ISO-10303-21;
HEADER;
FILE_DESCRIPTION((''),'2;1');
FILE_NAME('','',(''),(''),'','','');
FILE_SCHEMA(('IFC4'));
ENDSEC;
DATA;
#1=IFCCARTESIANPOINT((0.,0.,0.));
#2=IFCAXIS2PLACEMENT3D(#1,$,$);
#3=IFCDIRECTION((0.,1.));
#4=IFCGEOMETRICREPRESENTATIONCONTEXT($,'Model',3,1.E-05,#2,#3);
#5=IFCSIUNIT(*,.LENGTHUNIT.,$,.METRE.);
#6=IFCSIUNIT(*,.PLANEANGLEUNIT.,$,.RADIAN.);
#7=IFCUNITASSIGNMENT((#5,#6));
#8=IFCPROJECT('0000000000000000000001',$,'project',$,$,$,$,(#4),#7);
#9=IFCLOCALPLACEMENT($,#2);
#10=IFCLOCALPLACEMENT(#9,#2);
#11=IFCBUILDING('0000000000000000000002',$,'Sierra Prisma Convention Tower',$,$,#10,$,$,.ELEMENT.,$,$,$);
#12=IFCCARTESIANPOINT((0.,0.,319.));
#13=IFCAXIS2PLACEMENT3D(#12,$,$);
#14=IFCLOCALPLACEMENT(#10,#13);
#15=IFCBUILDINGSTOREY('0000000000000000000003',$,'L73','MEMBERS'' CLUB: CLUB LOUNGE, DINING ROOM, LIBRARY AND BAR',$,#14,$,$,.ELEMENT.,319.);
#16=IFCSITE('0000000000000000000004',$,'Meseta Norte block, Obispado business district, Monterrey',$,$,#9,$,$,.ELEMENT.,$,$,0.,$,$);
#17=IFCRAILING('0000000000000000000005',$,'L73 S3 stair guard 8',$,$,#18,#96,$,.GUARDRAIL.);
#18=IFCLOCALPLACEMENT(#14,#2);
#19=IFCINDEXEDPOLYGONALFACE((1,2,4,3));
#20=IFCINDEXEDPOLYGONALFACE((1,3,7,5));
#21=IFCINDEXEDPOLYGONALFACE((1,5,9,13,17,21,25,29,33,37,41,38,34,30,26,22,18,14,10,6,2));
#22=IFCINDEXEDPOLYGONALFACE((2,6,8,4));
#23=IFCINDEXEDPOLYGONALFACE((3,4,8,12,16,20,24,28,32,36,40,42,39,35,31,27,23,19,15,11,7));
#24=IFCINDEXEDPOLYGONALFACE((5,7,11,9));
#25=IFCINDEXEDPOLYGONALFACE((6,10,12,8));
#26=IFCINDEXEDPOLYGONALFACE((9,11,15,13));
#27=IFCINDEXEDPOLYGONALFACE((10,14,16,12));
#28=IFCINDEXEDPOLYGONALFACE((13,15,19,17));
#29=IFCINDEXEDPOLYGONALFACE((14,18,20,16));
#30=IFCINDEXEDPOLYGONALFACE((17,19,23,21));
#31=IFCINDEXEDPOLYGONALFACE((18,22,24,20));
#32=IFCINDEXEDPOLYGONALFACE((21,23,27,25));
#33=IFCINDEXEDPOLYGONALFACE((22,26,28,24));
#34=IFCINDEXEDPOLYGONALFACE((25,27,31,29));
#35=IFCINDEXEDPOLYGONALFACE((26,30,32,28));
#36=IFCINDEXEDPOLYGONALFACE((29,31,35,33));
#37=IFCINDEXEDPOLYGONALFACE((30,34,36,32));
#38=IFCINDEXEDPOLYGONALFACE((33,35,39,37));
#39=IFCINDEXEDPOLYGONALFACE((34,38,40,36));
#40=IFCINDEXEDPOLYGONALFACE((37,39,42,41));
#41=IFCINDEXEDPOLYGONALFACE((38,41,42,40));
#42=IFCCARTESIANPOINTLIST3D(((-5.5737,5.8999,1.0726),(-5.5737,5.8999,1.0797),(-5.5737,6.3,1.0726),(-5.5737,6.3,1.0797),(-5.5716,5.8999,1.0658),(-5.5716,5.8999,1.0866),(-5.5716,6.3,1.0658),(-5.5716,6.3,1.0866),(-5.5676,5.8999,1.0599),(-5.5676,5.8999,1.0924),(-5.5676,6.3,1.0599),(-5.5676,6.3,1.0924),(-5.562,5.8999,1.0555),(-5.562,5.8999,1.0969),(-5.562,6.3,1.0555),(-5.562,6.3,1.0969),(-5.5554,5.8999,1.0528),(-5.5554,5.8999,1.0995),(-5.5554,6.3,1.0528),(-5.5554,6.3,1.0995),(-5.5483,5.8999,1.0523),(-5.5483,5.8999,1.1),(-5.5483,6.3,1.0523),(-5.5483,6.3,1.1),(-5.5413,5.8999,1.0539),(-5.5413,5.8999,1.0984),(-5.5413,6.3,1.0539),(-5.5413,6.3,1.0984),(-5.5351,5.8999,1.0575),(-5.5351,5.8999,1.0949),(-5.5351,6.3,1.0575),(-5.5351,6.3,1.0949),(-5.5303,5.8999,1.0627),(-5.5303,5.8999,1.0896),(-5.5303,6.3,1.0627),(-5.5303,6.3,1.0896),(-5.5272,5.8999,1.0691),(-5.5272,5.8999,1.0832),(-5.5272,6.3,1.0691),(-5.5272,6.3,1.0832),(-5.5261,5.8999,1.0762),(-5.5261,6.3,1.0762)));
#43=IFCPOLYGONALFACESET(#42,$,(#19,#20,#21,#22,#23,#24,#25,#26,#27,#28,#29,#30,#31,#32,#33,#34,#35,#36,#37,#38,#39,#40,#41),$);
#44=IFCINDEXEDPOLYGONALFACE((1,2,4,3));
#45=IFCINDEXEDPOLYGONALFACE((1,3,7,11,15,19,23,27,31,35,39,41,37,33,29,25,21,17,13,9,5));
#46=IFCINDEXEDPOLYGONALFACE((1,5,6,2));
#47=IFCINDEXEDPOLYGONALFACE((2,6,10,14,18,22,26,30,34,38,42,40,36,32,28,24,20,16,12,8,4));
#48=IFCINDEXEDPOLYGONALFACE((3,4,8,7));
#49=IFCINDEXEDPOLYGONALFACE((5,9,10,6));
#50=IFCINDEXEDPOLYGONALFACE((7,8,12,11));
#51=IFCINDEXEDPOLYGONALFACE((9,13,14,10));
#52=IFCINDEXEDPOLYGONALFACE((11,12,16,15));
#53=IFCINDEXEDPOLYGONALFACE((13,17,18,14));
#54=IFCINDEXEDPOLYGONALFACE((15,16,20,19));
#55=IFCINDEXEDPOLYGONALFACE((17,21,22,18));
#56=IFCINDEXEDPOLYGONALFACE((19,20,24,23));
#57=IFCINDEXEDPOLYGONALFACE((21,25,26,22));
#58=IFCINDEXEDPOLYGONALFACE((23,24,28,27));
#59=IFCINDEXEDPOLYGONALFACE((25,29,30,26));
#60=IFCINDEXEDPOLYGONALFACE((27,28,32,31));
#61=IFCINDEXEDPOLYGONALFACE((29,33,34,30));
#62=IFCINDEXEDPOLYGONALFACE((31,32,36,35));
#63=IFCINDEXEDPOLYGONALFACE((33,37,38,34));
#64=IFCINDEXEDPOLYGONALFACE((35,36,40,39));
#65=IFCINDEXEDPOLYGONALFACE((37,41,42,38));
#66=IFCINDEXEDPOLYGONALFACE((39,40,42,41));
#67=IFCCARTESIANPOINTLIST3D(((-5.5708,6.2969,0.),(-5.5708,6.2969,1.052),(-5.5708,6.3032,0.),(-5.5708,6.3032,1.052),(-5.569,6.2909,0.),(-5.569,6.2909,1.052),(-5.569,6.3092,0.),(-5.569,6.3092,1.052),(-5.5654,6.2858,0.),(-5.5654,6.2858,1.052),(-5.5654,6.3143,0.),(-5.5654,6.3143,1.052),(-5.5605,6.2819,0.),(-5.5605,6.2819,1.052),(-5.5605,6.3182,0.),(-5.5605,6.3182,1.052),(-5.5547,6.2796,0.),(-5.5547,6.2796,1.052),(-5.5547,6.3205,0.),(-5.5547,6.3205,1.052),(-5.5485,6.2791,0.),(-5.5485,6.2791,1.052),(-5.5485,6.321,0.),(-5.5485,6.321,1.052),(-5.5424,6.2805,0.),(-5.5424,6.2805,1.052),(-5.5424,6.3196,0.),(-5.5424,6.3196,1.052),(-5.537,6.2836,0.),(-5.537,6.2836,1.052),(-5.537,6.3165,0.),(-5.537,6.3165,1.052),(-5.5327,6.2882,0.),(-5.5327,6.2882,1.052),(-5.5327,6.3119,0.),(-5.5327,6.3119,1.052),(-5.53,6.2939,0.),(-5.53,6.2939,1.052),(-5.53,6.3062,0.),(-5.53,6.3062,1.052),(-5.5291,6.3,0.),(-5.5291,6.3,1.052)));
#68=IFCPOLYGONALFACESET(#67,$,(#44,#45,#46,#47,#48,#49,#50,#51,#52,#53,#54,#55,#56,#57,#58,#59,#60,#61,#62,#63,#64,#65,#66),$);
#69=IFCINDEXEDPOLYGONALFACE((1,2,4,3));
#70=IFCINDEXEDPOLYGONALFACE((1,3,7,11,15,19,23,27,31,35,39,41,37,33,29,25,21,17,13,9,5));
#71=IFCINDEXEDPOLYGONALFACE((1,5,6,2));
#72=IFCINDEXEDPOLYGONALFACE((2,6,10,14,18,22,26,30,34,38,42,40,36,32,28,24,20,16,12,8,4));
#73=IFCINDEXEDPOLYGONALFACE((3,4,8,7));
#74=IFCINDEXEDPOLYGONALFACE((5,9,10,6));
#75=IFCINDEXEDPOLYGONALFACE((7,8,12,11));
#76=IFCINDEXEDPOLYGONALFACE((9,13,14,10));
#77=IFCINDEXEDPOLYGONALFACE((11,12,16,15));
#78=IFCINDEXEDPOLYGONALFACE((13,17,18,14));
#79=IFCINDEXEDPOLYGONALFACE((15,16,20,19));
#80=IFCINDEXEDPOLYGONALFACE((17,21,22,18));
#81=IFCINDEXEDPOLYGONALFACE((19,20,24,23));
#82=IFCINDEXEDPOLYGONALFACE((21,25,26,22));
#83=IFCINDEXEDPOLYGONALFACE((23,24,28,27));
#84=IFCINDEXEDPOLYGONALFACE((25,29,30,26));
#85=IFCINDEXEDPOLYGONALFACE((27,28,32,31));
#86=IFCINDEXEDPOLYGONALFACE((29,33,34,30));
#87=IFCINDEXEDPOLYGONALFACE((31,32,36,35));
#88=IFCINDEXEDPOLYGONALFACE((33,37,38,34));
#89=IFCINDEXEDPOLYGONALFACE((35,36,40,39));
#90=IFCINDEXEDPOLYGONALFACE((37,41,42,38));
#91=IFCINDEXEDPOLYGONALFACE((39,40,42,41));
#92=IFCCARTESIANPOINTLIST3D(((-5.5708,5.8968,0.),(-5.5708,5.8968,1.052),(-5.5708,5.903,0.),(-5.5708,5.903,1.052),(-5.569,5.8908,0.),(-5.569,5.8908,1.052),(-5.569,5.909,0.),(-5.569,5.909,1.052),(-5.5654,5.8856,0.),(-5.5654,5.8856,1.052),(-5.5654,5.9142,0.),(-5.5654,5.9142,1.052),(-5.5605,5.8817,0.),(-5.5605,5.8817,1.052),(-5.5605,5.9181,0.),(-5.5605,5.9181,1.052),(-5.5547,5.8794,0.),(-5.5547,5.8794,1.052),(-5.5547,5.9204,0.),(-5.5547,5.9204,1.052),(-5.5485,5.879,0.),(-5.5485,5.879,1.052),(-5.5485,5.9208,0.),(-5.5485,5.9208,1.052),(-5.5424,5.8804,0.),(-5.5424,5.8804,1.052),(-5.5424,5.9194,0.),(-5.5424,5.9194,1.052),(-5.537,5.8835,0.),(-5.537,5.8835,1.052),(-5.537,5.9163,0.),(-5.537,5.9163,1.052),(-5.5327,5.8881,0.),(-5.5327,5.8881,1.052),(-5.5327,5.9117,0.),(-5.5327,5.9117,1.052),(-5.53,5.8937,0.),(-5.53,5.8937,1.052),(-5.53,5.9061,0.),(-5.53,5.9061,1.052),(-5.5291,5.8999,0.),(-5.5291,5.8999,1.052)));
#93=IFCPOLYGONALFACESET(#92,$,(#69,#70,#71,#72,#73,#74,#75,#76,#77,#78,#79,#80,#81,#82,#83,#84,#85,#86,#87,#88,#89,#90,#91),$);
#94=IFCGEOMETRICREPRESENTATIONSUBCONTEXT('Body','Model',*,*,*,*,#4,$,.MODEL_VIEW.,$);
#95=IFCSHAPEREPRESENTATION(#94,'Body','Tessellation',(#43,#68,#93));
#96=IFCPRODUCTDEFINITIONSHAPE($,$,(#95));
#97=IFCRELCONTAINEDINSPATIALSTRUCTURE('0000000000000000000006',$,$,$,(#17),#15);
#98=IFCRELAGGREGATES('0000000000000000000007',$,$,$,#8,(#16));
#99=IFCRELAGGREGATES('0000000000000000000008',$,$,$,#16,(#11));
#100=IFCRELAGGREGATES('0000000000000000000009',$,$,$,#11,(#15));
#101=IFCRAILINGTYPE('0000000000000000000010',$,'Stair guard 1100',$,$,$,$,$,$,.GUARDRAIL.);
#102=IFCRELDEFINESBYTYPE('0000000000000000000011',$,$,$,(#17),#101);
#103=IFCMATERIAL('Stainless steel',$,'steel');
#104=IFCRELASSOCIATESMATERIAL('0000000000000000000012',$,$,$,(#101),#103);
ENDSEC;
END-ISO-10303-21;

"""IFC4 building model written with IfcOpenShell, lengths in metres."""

from ifc_helpers import new_model, si_unit, direction, frame, origin, origin_2d, place, context, subcontext, project, spatial, circle, extrude, material, type_object, element, save


model = new_model("IFC4")

# Units and contexts
model_context = context("Model", 3, precision=1e-05, world=origin(), true_north=direction((0.0, 1.0)))
body_context = subcontext(model_context, "Body", "Model", "MODEL_VIEW")
ifc_project = project(units=[si_unit("LENGTHUNIT", "METRE"), si_unit("PLANEANGLEUNIT", "RADIAN")], contexts=[model_context])

# Site, building, storey
site_placement = place(None, origin())
site = spatial("IfcSite", under=ifc_project, at=site_placement, Name="Meseta Norte block, Obispado business district, Monterrey", CompositionType="ELEMENT", RefElevation=0.0)
building_placement = place(site_placement, origin())
building = spatial("IfcBuilding", under=site, at=building_placement, Name="Sierra Prisma Convention Tower", CompositionType="ELEMENT")
storey_placement = place(building_placement, frame((0.0, 0.0, 319.0)))
storey = spatial("IfcBuildingStorey", under=building, at=storey_placement, Name="L73", Description="MEMBERS' CLUB: CLUB LOUNGE, DINING ROOM, LIBRARY AND BAR", CompositionType="ELEMENT", Elevation=319.0)

# Railing
ifc_material_1 = material(Name="Stainless steel", Category="steel")
railing_type = type_object("IfcRailingType", Name="Stair guard 1100", PredefinedType="GUARDRAIL", material=ifc_material_1)
for number, where, name in (
    (1, (-5.55, 6.3, 0.0), "L73 S3 stair guard 8"),
):
    element("IfcRailing", number, at=place(storey_placement, frame(where)), inside=storey, type_object=railing_type, Name=name, PredefinedType="GUARDRAIL", context=body_context, shape_type="SweptSolid", body=[
        extrude(circle(Radius=0.0239, at=origin_2d()), frame((0.0, 0.0, 1.0762), z_axis=(0.0, -1.0, 0.0), x_axis=(1.0, 0.0, 0.0)), (0.0, 0.0, 1.0), 0.4001),
        extrude(circle(Radius=0.021, at=origin_2d()), origin(), (0.0, 0.0, 1.0), 1.052),
        extrude(circle(Radius=0.021, at=origin_2d()), frame((0.0, -0.4001, 0.0)), (0.0, 0.0, 1.0), 1.052),
    ])

save(model, "model.ifc")
